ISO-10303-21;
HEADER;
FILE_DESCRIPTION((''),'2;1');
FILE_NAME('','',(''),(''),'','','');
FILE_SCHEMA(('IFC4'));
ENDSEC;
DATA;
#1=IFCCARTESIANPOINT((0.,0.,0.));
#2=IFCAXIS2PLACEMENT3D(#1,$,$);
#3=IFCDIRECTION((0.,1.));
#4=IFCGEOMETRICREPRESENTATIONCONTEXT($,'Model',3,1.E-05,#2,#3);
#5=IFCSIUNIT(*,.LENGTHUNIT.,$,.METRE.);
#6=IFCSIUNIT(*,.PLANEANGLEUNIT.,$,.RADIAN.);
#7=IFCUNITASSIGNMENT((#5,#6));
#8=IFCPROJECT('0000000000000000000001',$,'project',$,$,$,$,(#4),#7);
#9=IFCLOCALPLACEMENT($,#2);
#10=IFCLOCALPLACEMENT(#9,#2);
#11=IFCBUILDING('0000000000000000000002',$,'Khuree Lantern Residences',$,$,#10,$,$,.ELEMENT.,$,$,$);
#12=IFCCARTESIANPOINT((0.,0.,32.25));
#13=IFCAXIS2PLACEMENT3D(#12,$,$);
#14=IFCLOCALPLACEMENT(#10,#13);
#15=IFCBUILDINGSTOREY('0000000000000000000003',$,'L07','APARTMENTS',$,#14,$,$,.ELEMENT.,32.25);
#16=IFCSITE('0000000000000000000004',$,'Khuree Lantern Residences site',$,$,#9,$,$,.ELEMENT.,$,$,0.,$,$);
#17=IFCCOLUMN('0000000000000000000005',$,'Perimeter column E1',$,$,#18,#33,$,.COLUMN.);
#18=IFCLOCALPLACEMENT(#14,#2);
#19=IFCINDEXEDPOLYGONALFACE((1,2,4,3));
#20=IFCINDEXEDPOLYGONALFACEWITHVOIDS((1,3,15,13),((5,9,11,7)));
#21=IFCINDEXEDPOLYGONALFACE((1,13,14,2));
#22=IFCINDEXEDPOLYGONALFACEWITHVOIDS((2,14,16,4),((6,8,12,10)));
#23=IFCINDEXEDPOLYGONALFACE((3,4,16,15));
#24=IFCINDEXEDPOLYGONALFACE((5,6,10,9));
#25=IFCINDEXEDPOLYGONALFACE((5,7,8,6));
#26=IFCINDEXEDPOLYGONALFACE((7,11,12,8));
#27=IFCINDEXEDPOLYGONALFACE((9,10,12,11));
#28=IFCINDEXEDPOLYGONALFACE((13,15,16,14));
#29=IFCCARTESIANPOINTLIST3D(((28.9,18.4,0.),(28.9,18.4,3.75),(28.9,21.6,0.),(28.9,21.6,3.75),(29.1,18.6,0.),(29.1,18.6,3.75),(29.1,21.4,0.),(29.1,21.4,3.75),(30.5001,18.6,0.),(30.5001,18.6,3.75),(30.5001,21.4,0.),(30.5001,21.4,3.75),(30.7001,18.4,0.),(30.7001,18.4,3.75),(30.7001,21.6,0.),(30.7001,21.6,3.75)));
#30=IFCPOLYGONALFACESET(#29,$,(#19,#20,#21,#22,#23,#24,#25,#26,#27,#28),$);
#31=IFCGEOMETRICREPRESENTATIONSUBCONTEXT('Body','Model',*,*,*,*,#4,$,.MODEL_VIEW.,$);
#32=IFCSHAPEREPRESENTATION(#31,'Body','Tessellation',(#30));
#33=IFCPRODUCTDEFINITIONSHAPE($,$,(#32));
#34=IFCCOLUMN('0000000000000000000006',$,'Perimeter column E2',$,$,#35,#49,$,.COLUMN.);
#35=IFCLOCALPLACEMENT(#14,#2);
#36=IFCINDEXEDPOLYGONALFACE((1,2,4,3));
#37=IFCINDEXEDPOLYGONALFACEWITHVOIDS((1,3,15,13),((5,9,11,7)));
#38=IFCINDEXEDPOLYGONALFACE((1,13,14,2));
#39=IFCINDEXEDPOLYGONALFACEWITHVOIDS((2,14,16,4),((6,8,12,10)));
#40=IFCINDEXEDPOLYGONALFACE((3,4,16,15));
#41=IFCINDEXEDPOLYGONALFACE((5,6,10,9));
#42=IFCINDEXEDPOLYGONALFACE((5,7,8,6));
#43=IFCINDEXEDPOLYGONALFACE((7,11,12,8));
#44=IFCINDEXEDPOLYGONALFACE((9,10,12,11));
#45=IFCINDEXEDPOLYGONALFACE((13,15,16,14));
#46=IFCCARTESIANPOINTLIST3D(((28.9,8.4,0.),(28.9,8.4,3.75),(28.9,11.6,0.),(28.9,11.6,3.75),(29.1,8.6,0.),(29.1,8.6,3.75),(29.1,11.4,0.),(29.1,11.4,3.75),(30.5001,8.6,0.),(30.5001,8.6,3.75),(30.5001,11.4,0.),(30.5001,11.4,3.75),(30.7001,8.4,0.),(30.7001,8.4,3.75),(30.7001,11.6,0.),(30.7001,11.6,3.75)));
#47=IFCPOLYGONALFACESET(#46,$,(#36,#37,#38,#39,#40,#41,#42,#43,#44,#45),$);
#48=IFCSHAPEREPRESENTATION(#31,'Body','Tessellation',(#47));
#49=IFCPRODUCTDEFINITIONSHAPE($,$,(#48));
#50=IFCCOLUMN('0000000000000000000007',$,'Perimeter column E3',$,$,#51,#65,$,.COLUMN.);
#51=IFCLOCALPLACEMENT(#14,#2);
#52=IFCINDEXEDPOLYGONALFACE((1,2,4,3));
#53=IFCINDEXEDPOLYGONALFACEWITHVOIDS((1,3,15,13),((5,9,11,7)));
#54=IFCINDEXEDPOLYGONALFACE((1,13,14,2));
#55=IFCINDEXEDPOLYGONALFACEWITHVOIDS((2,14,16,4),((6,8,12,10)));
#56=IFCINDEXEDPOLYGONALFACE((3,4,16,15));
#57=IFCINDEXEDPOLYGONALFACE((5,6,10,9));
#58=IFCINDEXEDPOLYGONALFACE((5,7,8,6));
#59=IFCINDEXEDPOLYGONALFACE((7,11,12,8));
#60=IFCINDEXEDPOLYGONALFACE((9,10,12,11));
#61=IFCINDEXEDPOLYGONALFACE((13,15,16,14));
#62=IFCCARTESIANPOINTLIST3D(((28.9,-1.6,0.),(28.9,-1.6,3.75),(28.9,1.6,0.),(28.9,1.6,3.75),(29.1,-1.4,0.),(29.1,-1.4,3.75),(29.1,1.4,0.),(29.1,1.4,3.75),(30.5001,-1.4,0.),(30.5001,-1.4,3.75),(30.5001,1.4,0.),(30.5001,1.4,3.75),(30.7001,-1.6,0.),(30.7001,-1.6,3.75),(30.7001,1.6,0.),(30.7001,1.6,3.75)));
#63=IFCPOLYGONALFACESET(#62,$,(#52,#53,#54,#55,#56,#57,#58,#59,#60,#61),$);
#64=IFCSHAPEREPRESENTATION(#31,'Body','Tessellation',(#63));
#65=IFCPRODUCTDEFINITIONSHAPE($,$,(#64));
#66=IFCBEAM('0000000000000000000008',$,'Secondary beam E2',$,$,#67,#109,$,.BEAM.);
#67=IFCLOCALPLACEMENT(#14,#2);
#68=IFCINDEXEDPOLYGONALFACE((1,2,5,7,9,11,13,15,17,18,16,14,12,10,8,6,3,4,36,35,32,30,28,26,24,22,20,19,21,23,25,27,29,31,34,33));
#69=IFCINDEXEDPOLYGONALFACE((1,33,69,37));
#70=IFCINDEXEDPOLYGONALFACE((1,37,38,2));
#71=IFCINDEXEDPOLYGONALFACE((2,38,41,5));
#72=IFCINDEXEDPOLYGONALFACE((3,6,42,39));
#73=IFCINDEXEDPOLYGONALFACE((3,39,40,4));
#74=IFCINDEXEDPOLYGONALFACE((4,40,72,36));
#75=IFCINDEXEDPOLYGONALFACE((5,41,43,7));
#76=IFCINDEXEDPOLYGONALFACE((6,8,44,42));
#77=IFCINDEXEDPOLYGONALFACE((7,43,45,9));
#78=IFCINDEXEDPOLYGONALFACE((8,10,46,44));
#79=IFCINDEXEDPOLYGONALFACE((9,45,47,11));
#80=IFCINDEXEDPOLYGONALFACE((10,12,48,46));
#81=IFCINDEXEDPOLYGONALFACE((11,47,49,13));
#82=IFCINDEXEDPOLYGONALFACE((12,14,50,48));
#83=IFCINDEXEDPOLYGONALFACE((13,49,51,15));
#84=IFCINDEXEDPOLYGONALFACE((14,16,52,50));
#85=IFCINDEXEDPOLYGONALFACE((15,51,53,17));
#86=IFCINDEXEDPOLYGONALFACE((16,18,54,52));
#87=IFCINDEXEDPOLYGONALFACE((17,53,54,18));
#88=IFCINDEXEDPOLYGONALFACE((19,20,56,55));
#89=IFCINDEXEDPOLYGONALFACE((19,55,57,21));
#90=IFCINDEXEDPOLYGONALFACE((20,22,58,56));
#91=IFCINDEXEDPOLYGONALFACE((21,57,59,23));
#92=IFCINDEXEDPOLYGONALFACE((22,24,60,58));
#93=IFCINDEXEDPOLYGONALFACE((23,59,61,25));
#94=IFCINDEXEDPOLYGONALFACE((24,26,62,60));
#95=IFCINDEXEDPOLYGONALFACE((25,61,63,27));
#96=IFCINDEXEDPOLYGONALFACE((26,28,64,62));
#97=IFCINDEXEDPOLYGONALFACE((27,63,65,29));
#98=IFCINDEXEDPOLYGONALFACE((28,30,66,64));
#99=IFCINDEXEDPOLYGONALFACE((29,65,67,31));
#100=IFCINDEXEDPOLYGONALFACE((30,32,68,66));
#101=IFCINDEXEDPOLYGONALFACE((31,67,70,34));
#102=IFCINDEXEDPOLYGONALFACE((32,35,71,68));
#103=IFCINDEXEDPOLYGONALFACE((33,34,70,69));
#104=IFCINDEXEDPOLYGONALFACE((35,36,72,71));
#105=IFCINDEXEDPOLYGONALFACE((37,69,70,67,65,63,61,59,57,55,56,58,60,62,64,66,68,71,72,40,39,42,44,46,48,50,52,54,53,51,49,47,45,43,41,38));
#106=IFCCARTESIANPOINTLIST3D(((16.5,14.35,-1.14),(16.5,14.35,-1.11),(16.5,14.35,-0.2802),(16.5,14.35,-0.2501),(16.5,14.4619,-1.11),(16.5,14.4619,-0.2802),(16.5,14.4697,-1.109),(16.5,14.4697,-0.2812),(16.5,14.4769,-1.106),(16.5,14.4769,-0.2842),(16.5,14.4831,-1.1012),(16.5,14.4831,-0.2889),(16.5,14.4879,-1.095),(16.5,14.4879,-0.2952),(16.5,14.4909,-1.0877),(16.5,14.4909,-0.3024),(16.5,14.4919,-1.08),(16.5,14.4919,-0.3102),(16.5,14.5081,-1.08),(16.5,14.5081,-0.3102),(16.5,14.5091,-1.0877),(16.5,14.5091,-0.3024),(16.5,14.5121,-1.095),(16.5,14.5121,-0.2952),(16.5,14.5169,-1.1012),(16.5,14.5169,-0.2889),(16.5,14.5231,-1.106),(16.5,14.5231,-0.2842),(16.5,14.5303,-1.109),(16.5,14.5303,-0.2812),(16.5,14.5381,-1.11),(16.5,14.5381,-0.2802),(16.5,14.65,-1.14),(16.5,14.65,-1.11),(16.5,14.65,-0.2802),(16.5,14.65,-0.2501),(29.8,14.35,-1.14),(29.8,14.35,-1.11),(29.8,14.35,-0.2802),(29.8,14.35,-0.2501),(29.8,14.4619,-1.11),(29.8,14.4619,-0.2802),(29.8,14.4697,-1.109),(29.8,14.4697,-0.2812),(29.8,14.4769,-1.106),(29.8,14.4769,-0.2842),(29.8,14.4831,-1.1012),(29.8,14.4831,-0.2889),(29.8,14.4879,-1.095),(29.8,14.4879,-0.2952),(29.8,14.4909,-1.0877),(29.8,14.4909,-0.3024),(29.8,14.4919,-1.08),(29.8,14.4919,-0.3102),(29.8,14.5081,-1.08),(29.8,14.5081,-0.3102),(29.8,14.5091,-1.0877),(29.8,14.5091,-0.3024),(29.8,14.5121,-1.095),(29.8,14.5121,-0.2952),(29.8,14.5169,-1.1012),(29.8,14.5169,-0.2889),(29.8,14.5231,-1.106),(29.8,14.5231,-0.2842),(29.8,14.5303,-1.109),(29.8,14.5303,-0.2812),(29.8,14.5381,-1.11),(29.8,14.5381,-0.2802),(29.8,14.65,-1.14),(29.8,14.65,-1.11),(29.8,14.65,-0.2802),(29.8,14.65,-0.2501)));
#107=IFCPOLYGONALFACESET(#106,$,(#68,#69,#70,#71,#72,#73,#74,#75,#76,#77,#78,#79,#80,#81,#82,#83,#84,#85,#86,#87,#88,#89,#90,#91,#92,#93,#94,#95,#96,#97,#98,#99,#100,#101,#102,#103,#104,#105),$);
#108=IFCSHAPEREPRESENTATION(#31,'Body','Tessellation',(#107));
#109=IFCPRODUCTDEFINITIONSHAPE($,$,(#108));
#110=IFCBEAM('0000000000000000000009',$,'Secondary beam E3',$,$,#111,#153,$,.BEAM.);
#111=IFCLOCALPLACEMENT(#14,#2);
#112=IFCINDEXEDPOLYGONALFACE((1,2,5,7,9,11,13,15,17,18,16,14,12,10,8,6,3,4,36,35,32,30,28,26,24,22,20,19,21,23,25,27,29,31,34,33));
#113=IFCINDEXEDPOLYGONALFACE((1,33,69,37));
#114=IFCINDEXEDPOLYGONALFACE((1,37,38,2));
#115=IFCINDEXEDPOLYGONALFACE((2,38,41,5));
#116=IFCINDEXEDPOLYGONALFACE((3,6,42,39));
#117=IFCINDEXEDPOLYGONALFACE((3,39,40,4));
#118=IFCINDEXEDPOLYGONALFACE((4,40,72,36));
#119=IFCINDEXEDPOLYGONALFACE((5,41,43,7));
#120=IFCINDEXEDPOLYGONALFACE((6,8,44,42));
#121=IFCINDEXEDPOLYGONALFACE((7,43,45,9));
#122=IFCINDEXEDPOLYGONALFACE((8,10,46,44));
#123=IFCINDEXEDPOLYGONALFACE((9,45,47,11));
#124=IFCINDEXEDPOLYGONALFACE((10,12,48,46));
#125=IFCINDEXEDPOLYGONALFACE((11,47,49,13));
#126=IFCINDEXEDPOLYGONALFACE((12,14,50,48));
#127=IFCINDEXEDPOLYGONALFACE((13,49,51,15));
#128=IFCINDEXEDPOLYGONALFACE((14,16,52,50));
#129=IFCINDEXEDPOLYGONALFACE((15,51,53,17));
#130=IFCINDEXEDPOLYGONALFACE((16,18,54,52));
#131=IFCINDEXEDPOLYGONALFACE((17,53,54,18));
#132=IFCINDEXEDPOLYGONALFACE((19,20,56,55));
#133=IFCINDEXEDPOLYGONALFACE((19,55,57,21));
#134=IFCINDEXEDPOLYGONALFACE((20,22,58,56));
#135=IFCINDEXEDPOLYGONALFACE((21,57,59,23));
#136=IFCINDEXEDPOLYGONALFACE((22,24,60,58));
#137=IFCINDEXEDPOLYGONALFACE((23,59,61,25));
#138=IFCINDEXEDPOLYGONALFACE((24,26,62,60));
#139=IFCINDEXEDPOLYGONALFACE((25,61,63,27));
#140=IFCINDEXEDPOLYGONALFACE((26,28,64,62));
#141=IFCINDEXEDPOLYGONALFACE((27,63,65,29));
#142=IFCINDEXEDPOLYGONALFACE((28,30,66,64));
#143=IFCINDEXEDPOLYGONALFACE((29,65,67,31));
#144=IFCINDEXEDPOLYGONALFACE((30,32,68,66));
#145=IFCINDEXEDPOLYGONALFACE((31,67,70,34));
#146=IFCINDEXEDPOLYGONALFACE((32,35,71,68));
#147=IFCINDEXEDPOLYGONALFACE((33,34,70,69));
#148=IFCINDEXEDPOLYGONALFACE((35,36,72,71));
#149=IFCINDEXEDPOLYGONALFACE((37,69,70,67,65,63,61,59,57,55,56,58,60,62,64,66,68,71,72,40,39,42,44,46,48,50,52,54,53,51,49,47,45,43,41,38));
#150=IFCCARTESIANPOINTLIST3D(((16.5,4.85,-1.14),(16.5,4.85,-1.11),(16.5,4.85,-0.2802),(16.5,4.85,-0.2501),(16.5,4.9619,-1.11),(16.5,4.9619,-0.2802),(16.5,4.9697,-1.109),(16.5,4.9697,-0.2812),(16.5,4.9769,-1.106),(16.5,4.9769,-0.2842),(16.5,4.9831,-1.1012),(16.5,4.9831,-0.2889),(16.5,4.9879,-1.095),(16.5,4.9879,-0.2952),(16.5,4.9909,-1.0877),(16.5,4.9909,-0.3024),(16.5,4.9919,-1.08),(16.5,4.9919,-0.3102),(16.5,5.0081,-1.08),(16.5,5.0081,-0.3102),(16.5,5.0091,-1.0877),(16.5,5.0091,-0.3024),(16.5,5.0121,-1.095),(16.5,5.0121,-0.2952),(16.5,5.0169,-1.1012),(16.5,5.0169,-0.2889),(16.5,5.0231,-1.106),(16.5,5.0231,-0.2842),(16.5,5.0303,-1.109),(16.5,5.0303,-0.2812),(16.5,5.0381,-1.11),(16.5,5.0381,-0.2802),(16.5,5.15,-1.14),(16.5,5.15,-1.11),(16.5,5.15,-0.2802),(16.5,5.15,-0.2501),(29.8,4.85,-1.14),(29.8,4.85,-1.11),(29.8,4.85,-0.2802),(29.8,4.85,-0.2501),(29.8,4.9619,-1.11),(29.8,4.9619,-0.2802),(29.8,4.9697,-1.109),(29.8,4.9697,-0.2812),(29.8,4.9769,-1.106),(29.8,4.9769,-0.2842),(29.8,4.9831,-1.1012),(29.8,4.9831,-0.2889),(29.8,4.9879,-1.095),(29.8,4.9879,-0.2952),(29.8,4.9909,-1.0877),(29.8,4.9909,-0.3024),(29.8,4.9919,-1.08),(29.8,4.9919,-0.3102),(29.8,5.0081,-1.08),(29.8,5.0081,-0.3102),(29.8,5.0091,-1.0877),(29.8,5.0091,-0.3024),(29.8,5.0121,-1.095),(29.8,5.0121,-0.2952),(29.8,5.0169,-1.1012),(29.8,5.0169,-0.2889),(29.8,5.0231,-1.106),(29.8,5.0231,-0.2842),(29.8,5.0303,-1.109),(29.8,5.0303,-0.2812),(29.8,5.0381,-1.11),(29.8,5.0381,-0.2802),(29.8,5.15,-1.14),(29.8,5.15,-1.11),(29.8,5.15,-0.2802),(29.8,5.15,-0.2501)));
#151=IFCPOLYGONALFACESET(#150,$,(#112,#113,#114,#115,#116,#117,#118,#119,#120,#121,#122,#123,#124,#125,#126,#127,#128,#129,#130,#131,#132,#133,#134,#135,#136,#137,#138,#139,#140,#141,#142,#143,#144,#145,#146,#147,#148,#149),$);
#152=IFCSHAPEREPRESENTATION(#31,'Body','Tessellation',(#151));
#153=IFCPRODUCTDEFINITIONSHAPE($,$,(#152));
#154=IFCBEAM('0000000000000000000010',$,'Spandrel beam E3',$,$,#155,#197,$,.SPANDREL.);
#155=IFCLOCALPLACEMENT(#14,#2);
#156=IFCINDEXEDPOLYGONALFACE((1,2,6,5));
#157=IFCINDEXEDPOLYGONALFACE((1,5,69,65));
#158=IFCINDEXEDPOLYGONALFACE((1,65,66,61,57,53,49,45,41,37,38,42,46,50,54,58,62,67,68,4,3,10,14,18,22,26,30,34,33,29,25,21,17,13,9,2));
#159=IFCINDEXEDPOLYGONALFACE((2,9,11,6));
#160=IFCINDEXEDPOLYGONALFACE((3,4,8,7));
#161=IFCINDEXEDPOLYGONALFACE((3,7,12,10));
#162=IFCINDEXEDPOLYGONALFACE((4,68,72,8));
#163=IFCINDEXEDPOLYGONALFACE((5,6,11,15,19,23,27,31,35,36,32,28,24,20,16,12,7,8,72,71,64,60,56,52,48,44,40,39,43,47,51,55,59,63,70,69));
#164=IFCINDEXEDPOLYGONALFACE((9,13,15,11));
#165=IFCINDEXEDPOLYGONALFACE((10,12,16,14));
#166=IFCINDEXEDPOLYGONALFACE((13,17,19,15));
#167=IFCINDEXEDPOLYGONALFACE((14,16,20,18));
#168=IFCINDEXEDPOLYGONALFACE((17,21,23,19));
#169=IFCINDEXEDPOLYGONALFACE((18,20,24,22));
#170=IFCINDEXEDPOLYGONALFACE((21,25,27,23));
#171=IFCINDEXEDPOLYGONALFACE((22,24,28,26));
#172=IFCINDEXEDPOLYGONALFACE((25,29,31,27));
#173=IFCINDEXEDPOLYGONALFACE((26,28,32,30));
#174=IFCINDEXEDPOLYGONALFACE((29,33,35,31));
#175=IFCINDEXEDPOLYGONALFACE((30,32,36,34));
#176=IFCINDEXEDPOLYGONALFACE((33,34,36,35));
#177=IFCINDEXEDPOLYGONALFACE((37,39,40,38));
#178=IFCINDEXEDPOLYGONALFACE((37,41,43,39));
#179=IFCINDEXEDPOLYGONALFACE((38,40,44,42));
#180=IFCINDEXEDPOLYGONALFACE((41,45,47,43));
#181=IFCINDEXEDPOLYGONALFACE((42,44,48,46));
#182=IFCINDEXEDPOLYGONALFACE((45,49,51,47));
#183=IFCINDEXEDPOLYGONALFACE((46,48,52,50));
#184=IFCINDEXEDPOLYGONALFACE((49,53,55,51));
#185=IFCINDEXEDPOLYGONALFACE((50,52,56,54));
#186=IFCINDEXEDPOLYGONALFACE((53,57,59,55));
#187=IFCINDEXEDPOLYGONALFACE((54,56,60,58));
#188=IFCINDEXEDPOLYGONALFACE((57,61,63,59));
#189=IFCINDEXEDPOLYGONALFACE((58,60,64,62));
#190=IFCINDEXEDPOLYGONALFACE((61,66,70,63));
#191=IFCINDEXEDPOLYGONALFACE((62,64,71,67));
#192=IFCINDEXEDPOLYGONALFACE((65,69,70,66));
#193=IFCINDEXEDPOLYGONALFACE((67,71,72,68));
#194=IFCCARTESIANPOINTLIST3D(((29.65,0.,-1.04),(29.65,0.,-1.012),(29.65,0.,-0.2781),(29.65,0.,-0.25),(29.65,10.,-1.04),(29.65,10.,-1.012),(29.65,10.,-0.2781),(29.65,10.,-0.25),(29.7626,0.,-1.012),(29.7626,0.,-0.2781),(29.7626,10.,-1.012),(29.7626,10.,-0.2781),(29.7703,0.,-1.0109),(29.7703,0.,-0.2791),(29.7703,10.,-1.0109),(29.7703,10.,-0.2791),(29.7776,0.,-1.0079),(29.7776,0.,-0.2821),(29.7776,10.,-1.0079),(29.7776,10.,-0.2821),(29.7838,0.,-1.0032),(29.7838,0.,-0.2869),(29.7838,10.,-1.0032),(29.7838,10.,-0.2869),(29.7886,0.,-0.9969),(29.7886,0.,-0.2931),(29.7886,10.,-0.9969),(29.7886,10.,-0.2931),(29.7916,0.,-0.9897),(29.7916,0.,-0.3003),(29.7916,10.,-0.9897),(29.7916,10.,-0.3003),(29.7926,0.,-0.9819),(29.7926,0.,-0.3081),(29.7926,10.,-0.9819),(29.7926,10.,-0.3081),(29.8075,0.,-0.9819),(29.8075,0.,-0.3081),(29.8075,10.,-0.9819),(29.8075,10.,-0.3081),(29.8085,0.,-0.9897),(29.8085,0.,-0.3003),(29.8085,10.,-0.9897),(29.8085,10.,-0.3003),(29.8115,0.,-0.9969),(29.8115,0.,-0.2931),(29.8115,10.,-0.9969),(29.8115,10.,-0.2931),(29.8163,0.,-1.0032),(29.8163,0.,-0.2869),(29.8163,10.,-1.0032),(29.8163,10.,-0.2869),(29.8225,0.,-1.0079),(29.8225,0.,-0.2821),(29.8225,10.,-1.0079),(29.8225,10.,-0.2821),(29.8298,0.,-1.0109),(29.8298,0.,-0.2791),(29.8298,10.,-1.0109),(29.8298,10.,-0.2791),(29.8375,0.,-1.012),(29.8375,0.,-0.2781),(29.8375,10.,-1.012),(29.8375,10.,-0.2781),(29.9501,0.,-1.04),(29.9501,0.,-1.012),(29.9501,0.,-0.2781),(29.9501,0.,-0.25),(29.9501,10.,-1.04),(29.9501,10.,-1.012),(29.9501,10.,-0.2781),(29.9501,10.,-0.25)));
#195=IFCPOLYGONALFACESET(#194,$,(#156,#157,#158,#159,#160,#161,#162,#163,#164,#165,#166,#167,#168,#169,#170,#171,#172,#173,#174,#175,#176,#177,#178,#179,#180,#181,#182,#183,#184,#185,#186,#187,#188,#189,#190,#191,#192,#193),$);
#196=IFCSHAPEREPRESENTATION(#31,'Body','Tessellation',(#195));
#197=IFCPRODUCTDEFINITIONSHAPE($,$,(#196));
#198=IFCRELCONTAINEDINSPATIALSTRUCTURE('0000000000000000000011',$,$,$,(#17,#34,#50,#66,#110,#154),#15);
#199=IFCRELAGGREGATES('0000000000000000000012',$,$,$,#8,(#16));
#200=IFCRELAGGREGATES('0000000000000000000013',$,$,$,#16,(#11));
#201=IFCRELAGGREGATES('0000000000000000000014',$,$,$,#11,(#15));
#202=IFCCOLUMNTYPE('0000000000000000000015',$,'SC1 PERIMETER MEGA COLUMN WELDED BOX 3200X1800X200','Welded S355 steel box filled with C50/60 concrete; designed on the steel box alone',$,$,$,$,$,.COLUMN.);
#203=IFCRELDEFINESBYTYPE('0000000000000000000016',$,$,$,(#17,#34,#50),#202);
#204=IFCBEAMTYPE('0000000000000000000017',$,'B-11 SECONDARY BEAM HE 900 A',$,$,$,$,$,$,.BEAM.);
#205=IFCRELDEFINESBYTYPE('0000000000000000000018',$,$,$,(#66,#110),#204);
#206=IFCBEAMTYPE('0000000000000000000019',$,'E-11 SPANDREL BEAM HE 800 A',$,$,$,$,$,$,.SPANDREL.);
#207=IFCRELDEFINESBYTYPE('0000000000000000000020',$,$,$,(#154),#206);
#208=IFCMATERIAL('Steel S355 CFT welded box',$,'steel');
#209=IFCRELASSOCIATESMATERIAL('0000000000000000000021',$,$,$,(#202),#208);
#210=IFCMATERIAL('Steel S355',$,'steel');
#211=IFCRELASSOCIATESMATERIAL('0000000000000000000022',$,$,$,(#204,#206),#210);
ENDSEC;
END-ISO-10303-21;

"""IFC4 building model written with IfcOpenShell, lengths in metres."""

from ifc_helpers import new_model, si_unit, direction, frame, origin, origin_2d, place, context, subcontext, project, spatial, hollow_rectangle, i_section, extrude, material, material_profile, profile_set, type_object, element, save


model = new_model("IFC4")

# Units and contexts
model_context = context("Model", 3, precision=1e-05, world=origin(), true_north=direction((0.0, 1.0)))
body_context = subcontext(model_context, "Body", "Model", "MODEL_VIEW")
ifc_project = project(units=[si_unit("LENGTHUNIT", "METRE"), si_unit("PLANEANGLEUNIT", "RADIAN")], contexts=[model_context])

# Site, building, storey
site_placement = place(None, origin())
site = spatial("IfcSite", under=ifc_project, at=site_placement, Name="Khuree Lantern Residences site", CompositionType="ELEMENT", RefElevation=0.0)
building_placement = place(site_placement, origin())
building = spatial("IfcBuilding", under=site, at=building_placement, Name="Khuree Lantern Residences", CompositionType="ELEMENT")
storey_placement = place(building_placement, frame((0.0, 0.0, 32.25)))
storey = spatial("IfcBuildingStorey", under=building, at=storey_placement, Name="L07", Description="APARTMENTS", CompositionType="ELEMENT", Elevation=32.25)

# Columns
ifc_material_1 = material(Name="Steel S355 CFT welded box", Category="steel")
ifc_material_profile_1 = material_profile(ifc_material_1, hollow_rectangle(XDim=3.2, YDim=1.8, WallThickness=0.2, at=origin_2d()), Name="WELDED BOX 3200X1800X200")
ifc_profile_set_1 = profile_set([ifc_material_profile_1], Name="Steel S355 CFT welded box")
column_type = type_object("IfcColumnType", Name="SC1 PERIMETER MEGA COLUMN WELDED BOX 3200X1800X200", Description="Welded S355 steel box filled with C50/60 concrete; designed on the steel box alone", PredefinedType="COLUMN", material=ifc_profile_set_1)
for number, where, z_axis, x_axis, name in (
    (1, (29.8, 20.0, 0.0), (0.0, 0.0, 1.0), (0.0, 1.0, 0.0), "Perimeter column E1"),
    (2, (29.8, 10.0, 0.0), (0.0, 0.0, 1.0), (0.0, 1.0, 0.0), "Perimeter column E2"),
    (3, (29.8, 0.0, 0.0), (0.0, 0.0, 1.0), (0.0, 1.0, 0.0), "Perimeter column E3"),
):
    element("IfcColumn", number, at=place(storey_placement, frame(where, z_axis=z_axis, x_axis=x_axis)), inside=storey, type_object=column_type, Name=name, PredefinedType="COLUMN", context=body_context, shape_type="SweptSolid", body=[
        extrude(hollow_rectangle(XDim=3.2, YDim=1.8, WallThickness=0.2, at=origin_2d()), origin(), (0.0, 0.0, 1.0), 3.75),
    ])

# Beams
ifc_material_2 = material(Name="Steel S355", Category="steel")
ifc_material_profile_2 = material_profile(ifc_material_2, i_section(OverallWidth=0.3, OverallDepth=0.8899, WebThickness=0.0161, FlangeThickness=0.03, FilletRadius=0.03, at=origin_2d()), Name="HE 900 A")
ifc_profile_set_2 = profile_set([ifc_material_profile_2], Name="Steel S355")
beam_type_1 = type_object("IfcBeamType", Name="B-11 SECONDARY BEAM HE 900 A", PredefinedType="BEAM", material=ifc_profile_set_2)
for number, where, z_axis, x_axis, name in (
    (4, (29.8, 14.5, -0.6951), (-1.0, 0.0, 0.0), (0.0, -1.0, 0.0), "Secondary beam E2"),
    (5, (29.8, 5.0, -0.6951), (-1.0, 0.0, 0.0), (0.0, -1.0, 0.0), "Secondary beam E3"),
):
    element("IfcBeam", number, at=place(storey_placement, frame(where, z_axis=z_axis, x_axis=x_axis)), inside=storey, type_object=beam_type_1, Name=name, PredefinedType="BEAM", context=body_context, shape_type="SweptSolid", body=[
        extrude(i_section(OverallWidth=0.3, OverallDepth=0.8899, WebThickness=0.0161, FlangeThickness=0.03, FilletRadius=0.03, at=origin_2d()), origin(), (0.0, 0.0, 1.0), 13.3),
    ])
ifc_material_profile_3 = material_profile(ifc_material_2, i_section(OverallWidth=0.3, OverallDepth=0.79, WebThickness=0.0149, FlangeThickness=0.0281, FilletRadius=0.03, at=origin_2d()), Name="HE 800 A")
ifc_profile_set_3 = profile_set([ifc_material_profile_3], Name="Steel S355")
beam_type_2 = type_object("IfcBeamType", Name="E-11 SPANDREL BEAM HE 800 A", PredefinedType="SPANDREL", material=ifc_profile_set_3)
for number, where, z_axis, x_axis, name in (
    (6, (29.8, 10.0, -0.645), (0.0, -1.0, 0.0), (1.0, 0.0, 0.0), "Spandrel beam E3"),
):
    element("IfcBeam", number, at=place(storey_placement, frame(where, z_axis=z_axis, x_axis=x_axis)), inside=storey, type_object=beam_type_2, Name=name, PredefinedType="SPANDREL", context=body_context, shape_type="SweptSolid", body=[
        extrude(i_section(OverallWidth=0.3, OverallDepth=0.79, WebThickness=0.0149, FlangeThickness=0.0281, FilletRadius=0.03, at=origin_2d()), origin(), (0.0, 0.0, 1.0), 10.0),
    ])

save(model, "model.ifc")
